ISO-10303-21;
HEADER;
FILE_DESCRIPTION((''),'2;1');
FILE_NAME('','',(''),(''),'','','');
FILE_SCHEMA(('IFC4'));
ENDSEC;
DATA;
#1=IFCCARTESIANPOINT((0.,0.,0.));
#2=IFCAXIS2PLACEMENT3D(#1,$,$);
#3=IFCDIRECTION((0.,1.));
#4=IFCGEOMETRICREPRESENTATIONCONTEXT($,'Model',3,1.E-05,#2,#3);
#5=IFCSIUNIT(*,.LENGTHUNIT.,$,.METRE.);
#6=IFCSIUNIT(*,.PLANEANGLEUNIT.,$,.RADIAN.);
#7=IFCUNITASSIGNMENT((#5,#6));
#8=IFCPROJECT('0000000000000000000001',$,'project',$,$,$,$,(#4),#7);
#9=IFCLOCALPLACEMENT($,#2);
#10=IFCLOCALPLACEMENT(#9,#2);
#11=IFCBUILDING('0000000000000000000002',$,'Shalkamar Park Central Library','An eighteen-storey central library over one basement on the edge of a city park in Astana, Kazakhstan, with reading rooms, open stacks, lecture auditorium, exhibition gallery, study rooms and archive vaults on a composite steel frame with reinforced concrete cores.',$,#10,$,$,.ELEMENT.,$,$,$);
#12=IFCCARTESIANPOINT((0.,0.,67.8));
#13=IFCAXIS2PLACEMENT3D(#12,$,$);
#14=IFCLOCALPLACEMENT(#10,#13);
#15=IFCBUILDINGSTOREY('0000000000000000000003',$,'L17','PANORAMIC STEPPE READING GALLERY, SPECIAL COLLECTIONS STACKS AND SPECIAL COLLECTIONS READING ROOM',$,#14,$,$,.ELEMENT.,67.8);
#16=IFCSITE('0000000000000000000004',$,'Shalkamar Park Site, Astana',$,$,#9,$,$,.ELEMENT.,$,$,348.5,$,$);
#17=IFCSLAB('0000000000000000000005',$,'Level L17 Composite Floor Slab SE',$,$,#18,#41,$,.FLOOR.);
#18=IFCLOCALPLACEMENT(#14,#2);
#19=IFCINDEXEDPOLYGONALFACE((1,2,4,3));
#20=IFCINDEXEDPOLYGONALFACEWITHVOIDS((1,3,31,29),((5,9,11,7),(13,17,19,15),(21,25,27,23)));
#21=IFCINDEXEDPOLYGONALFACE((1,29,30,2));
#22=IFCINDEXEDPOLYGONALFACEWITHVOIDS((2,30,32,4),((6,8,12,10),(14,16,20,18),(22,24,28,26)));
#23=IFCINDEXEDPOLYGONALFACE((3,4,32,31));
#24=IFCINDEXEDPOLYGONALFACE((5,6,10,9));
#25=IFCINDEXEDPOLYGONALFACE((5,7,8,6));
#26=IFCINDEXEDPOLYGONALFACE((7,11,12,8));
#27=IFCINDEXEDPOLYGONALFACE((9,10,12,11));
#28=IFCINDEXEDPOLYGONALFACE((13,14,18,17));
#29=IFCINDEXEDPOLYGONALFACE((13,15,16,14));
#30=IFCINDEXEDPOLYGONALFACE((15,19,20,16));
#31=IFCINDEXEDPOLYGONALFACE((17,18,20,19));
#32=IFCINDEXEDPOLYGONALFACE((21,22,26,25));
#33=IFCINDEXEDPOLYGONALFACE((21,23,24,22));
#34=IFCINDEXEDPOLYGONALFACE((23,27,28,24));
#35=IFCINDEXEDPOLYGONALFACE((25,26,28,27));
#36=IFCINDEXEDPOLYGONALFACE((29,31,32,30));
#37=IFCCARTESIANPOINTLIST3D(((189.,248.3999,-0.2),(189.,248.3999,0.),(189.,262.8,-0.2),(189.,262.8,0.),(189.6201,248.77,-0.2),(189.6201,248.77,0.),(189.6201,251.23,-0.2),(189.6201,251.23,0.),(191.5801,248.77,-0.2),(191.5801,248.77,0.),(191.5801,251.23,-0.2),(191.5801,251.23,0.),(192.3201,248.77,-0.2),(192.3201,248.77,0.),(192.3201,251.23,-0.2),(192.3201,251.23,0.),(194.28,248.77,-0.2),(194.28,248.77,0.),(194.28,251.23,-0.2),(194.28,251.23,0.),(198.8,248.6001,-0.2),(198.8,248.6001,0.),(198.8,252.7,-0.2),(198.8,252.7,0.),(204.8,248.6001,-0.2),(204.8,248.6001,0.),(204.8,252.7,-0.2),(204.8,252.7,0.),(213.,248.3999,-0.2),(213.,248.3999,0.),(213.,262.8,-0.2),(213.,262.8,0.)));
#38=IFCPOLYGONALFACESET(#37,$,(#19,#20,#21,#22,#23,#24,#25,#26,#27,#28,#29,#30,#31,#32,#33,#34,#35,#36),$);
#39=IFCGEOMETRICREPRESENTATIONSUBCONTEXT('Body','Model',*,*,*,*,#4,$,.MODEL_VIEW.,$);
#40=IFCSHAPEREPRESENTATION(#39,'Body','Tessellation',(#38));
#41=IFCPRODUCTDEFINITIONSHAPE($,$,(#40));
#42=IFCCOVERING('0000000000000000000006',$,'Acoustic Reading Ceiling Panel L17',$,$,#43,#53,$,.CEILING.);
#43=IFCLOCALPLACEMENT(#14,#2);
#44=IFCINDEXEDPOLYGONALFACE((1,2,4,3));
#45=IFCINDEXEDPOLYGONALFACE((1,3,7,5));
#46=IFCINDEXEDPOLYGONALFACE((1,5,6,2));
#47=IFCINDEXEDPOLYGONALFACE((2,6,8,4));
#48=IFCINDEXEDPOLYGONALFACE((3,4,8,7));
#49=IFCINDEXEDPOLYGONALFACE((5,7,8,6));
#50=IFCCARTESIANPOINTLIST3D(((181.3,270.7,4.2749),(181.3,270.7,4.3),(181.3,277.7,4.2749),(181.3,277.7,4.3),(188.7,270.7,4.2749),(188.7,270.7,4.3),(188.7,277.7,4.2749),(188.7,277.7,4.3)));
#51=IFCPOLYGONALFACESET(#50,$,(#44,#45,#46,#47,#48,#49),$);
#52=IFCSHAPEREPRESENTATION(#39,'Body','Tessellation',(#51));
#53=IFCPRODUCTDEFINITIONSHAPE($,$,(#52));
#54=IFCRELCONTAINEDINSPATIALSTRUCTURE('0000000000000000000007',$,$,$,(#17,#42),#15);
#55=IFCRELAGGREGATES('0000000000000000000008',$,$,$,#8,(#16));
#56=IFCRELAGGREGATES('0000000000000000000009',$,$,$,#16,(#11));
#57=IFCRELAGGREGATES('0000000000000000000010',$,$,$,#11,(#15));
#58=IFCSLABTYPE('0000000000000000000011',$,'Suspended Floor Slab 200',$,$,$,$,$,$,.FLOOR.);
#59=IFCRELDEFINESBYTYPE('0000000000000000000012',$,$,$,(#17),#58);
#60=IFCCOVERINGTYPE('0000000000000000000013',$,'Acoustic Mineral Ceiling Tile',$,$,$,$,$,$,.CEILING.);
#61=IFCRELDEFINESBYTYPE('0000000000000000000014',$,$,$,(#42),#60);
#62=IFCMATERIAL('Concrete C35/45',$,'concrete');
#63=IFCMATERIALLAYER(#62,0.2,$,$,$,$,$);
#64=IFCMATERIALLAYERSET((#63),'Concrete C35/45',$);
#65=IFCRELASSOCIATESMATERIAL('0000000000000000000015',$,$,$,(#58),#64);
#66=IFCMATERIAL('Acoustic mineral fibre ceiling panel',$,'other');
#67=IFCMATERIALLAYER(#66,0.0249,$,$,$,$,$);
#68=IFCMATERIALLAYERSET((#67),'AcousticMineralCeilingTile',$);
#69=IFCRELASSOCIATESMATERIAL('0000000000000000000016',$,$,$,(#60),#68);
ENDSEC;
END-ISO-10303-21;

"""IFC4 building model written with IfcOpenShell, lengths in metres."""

from ifc_helpers import new_model, si_unit, direction, frame, origin, place, context, subcontext, project, spatial, polyline, outline, extrude, material, layer, layer_set, type_object, element, save


model = new_model("IFC4")

# Units and contexts
model_context = context("Model", 3, precision=1e-05, world=origin(), true_north=direction((0.0, 1.0)))
body_context = subcontext(model_context, "Body", "Model", "MODEL_VIEW")
ifc_project = project(units=[si_unit("LENGTHUNIT", "METRE"), si_unit("PLANEANGLEUNIT", "RADIAN")], contexts=[model_context])

# Site, building, storey
site_placement = place(None, origin())
site = spatial("IfcSite", under=ifc_project, at=site_placement, Name="Shalkamar Park Site, Astana", CompositionType="ELEMENT", RefElevation=348.5)
building_placement = place(site_placement, origin())
building = spatial("IfcBuilding", under=site, at=building_placement, Name="Shalkamar Park Central Library", Description="An eighteen-storey central library over one basement on the edge of a city park in Astana, Kazakhstan, with reading rooms, open stacks, lecture auditorium, exhibition gallery, study rooms and archive vaults on a composite steel frame with reinforced concrete cores.", CompositionType="ELEMENT")
storey_placement = place(building_placement, frame((0.0, 0.0, 67.8)))
storey = spatial("IfcBuildingStorey", under=building, at=storey_placement, Name="L17", Description="PANORAMIC STEPPE READING GALLERY, SPECIAL COLLECTIONS STACKS AND SPECIAL COLLECTIONS READING ROOM", CompositionType="ELEMENT", Elevation=67.8)

# Shared definitions
ifc_material_1 = material(Name="Concrete C35/45", Category="concrete")

# Slab
ifc_layer_1 = layer(ifc_material_1, 0.2)
ifc_layer_set_1 = layer_set([ifc_layer_1], Name="Concrete C35/45")
slab_type_1 = type_object("IfcSlabType", Name="Suspended Floor Slab 200", PredefinedType="FLOOR", material=ifc_layer_set_1)
slab_1_placement = place(storey_placement, frame((0.0, 0.0, -0.2)))
element("IfcSlab", 1, at=slab_1_placement, inside=storey, type_object=slab_type_1, Name="Level L17 Composite Floor Slab SE", PredefinedType="FLOOR", context=body_context, shape_type="SweptSolid", body=[
    extrude(outline(polyline([(189.0, 248.3999), (189.0, 262.8), (213.0, 262.8), (213.0, 248.3999), (189.0, 248.3999)]), holes=[polyline([(189.6201, 251.23), (189.6201, 248.77), (191.5801, 248.77), (191.5801, 251.23), (189.6201, 251.23)]), polyline([(192.3201, 251.23), (192.3201, 248.77), (194.28, 248.77), (194.28, 251.23), (192.3201, 251.23)]), polyline([(198.8, 252.7), (198.8, 248.6001), (204.8, 248.6001), (204.8, 252.7), (198.8, 252.7)])]), origin(), (0.0, 0.0, 1.0), 0.2),
])

# Covering
ifc_material_2 = material(Name="Acoustic mineral fibre ceiling panel", Category="other")
ifc_layer_2 = layer(ifc_material_2, 0.0249)
ifc_layer_set_2 = layer_set([ifc_layer_2], Name="AcousticMineralCeilingTile")
covering_type = type_object("IfcCoveringType", Name="Acoustic Mineral Ceiling Tile", PredefinedType="CEILING", material=ifc_layer_set_2)
covering_placement = place(storey_placement, frame((0.0, 0.0, 4.2749)))
element("IfcCovering", 2, at=covering_placement, inside=storey, type_object=covering_type, Name="Acoustic Reading Ceiling Panel L17", PredefinedType="CEILING", context=body_context, shape_type="SweptSolid", body=[
    extrude(outline(polyline([(181.3, 270.7), (188.7, 270.7), (188.7, 277.7), (181.3, 277.7), (181.3, 270.7)])), origin(), (0.0, 0.0, 1.0), 0.0251),
])

save(model, "model.ifc")
